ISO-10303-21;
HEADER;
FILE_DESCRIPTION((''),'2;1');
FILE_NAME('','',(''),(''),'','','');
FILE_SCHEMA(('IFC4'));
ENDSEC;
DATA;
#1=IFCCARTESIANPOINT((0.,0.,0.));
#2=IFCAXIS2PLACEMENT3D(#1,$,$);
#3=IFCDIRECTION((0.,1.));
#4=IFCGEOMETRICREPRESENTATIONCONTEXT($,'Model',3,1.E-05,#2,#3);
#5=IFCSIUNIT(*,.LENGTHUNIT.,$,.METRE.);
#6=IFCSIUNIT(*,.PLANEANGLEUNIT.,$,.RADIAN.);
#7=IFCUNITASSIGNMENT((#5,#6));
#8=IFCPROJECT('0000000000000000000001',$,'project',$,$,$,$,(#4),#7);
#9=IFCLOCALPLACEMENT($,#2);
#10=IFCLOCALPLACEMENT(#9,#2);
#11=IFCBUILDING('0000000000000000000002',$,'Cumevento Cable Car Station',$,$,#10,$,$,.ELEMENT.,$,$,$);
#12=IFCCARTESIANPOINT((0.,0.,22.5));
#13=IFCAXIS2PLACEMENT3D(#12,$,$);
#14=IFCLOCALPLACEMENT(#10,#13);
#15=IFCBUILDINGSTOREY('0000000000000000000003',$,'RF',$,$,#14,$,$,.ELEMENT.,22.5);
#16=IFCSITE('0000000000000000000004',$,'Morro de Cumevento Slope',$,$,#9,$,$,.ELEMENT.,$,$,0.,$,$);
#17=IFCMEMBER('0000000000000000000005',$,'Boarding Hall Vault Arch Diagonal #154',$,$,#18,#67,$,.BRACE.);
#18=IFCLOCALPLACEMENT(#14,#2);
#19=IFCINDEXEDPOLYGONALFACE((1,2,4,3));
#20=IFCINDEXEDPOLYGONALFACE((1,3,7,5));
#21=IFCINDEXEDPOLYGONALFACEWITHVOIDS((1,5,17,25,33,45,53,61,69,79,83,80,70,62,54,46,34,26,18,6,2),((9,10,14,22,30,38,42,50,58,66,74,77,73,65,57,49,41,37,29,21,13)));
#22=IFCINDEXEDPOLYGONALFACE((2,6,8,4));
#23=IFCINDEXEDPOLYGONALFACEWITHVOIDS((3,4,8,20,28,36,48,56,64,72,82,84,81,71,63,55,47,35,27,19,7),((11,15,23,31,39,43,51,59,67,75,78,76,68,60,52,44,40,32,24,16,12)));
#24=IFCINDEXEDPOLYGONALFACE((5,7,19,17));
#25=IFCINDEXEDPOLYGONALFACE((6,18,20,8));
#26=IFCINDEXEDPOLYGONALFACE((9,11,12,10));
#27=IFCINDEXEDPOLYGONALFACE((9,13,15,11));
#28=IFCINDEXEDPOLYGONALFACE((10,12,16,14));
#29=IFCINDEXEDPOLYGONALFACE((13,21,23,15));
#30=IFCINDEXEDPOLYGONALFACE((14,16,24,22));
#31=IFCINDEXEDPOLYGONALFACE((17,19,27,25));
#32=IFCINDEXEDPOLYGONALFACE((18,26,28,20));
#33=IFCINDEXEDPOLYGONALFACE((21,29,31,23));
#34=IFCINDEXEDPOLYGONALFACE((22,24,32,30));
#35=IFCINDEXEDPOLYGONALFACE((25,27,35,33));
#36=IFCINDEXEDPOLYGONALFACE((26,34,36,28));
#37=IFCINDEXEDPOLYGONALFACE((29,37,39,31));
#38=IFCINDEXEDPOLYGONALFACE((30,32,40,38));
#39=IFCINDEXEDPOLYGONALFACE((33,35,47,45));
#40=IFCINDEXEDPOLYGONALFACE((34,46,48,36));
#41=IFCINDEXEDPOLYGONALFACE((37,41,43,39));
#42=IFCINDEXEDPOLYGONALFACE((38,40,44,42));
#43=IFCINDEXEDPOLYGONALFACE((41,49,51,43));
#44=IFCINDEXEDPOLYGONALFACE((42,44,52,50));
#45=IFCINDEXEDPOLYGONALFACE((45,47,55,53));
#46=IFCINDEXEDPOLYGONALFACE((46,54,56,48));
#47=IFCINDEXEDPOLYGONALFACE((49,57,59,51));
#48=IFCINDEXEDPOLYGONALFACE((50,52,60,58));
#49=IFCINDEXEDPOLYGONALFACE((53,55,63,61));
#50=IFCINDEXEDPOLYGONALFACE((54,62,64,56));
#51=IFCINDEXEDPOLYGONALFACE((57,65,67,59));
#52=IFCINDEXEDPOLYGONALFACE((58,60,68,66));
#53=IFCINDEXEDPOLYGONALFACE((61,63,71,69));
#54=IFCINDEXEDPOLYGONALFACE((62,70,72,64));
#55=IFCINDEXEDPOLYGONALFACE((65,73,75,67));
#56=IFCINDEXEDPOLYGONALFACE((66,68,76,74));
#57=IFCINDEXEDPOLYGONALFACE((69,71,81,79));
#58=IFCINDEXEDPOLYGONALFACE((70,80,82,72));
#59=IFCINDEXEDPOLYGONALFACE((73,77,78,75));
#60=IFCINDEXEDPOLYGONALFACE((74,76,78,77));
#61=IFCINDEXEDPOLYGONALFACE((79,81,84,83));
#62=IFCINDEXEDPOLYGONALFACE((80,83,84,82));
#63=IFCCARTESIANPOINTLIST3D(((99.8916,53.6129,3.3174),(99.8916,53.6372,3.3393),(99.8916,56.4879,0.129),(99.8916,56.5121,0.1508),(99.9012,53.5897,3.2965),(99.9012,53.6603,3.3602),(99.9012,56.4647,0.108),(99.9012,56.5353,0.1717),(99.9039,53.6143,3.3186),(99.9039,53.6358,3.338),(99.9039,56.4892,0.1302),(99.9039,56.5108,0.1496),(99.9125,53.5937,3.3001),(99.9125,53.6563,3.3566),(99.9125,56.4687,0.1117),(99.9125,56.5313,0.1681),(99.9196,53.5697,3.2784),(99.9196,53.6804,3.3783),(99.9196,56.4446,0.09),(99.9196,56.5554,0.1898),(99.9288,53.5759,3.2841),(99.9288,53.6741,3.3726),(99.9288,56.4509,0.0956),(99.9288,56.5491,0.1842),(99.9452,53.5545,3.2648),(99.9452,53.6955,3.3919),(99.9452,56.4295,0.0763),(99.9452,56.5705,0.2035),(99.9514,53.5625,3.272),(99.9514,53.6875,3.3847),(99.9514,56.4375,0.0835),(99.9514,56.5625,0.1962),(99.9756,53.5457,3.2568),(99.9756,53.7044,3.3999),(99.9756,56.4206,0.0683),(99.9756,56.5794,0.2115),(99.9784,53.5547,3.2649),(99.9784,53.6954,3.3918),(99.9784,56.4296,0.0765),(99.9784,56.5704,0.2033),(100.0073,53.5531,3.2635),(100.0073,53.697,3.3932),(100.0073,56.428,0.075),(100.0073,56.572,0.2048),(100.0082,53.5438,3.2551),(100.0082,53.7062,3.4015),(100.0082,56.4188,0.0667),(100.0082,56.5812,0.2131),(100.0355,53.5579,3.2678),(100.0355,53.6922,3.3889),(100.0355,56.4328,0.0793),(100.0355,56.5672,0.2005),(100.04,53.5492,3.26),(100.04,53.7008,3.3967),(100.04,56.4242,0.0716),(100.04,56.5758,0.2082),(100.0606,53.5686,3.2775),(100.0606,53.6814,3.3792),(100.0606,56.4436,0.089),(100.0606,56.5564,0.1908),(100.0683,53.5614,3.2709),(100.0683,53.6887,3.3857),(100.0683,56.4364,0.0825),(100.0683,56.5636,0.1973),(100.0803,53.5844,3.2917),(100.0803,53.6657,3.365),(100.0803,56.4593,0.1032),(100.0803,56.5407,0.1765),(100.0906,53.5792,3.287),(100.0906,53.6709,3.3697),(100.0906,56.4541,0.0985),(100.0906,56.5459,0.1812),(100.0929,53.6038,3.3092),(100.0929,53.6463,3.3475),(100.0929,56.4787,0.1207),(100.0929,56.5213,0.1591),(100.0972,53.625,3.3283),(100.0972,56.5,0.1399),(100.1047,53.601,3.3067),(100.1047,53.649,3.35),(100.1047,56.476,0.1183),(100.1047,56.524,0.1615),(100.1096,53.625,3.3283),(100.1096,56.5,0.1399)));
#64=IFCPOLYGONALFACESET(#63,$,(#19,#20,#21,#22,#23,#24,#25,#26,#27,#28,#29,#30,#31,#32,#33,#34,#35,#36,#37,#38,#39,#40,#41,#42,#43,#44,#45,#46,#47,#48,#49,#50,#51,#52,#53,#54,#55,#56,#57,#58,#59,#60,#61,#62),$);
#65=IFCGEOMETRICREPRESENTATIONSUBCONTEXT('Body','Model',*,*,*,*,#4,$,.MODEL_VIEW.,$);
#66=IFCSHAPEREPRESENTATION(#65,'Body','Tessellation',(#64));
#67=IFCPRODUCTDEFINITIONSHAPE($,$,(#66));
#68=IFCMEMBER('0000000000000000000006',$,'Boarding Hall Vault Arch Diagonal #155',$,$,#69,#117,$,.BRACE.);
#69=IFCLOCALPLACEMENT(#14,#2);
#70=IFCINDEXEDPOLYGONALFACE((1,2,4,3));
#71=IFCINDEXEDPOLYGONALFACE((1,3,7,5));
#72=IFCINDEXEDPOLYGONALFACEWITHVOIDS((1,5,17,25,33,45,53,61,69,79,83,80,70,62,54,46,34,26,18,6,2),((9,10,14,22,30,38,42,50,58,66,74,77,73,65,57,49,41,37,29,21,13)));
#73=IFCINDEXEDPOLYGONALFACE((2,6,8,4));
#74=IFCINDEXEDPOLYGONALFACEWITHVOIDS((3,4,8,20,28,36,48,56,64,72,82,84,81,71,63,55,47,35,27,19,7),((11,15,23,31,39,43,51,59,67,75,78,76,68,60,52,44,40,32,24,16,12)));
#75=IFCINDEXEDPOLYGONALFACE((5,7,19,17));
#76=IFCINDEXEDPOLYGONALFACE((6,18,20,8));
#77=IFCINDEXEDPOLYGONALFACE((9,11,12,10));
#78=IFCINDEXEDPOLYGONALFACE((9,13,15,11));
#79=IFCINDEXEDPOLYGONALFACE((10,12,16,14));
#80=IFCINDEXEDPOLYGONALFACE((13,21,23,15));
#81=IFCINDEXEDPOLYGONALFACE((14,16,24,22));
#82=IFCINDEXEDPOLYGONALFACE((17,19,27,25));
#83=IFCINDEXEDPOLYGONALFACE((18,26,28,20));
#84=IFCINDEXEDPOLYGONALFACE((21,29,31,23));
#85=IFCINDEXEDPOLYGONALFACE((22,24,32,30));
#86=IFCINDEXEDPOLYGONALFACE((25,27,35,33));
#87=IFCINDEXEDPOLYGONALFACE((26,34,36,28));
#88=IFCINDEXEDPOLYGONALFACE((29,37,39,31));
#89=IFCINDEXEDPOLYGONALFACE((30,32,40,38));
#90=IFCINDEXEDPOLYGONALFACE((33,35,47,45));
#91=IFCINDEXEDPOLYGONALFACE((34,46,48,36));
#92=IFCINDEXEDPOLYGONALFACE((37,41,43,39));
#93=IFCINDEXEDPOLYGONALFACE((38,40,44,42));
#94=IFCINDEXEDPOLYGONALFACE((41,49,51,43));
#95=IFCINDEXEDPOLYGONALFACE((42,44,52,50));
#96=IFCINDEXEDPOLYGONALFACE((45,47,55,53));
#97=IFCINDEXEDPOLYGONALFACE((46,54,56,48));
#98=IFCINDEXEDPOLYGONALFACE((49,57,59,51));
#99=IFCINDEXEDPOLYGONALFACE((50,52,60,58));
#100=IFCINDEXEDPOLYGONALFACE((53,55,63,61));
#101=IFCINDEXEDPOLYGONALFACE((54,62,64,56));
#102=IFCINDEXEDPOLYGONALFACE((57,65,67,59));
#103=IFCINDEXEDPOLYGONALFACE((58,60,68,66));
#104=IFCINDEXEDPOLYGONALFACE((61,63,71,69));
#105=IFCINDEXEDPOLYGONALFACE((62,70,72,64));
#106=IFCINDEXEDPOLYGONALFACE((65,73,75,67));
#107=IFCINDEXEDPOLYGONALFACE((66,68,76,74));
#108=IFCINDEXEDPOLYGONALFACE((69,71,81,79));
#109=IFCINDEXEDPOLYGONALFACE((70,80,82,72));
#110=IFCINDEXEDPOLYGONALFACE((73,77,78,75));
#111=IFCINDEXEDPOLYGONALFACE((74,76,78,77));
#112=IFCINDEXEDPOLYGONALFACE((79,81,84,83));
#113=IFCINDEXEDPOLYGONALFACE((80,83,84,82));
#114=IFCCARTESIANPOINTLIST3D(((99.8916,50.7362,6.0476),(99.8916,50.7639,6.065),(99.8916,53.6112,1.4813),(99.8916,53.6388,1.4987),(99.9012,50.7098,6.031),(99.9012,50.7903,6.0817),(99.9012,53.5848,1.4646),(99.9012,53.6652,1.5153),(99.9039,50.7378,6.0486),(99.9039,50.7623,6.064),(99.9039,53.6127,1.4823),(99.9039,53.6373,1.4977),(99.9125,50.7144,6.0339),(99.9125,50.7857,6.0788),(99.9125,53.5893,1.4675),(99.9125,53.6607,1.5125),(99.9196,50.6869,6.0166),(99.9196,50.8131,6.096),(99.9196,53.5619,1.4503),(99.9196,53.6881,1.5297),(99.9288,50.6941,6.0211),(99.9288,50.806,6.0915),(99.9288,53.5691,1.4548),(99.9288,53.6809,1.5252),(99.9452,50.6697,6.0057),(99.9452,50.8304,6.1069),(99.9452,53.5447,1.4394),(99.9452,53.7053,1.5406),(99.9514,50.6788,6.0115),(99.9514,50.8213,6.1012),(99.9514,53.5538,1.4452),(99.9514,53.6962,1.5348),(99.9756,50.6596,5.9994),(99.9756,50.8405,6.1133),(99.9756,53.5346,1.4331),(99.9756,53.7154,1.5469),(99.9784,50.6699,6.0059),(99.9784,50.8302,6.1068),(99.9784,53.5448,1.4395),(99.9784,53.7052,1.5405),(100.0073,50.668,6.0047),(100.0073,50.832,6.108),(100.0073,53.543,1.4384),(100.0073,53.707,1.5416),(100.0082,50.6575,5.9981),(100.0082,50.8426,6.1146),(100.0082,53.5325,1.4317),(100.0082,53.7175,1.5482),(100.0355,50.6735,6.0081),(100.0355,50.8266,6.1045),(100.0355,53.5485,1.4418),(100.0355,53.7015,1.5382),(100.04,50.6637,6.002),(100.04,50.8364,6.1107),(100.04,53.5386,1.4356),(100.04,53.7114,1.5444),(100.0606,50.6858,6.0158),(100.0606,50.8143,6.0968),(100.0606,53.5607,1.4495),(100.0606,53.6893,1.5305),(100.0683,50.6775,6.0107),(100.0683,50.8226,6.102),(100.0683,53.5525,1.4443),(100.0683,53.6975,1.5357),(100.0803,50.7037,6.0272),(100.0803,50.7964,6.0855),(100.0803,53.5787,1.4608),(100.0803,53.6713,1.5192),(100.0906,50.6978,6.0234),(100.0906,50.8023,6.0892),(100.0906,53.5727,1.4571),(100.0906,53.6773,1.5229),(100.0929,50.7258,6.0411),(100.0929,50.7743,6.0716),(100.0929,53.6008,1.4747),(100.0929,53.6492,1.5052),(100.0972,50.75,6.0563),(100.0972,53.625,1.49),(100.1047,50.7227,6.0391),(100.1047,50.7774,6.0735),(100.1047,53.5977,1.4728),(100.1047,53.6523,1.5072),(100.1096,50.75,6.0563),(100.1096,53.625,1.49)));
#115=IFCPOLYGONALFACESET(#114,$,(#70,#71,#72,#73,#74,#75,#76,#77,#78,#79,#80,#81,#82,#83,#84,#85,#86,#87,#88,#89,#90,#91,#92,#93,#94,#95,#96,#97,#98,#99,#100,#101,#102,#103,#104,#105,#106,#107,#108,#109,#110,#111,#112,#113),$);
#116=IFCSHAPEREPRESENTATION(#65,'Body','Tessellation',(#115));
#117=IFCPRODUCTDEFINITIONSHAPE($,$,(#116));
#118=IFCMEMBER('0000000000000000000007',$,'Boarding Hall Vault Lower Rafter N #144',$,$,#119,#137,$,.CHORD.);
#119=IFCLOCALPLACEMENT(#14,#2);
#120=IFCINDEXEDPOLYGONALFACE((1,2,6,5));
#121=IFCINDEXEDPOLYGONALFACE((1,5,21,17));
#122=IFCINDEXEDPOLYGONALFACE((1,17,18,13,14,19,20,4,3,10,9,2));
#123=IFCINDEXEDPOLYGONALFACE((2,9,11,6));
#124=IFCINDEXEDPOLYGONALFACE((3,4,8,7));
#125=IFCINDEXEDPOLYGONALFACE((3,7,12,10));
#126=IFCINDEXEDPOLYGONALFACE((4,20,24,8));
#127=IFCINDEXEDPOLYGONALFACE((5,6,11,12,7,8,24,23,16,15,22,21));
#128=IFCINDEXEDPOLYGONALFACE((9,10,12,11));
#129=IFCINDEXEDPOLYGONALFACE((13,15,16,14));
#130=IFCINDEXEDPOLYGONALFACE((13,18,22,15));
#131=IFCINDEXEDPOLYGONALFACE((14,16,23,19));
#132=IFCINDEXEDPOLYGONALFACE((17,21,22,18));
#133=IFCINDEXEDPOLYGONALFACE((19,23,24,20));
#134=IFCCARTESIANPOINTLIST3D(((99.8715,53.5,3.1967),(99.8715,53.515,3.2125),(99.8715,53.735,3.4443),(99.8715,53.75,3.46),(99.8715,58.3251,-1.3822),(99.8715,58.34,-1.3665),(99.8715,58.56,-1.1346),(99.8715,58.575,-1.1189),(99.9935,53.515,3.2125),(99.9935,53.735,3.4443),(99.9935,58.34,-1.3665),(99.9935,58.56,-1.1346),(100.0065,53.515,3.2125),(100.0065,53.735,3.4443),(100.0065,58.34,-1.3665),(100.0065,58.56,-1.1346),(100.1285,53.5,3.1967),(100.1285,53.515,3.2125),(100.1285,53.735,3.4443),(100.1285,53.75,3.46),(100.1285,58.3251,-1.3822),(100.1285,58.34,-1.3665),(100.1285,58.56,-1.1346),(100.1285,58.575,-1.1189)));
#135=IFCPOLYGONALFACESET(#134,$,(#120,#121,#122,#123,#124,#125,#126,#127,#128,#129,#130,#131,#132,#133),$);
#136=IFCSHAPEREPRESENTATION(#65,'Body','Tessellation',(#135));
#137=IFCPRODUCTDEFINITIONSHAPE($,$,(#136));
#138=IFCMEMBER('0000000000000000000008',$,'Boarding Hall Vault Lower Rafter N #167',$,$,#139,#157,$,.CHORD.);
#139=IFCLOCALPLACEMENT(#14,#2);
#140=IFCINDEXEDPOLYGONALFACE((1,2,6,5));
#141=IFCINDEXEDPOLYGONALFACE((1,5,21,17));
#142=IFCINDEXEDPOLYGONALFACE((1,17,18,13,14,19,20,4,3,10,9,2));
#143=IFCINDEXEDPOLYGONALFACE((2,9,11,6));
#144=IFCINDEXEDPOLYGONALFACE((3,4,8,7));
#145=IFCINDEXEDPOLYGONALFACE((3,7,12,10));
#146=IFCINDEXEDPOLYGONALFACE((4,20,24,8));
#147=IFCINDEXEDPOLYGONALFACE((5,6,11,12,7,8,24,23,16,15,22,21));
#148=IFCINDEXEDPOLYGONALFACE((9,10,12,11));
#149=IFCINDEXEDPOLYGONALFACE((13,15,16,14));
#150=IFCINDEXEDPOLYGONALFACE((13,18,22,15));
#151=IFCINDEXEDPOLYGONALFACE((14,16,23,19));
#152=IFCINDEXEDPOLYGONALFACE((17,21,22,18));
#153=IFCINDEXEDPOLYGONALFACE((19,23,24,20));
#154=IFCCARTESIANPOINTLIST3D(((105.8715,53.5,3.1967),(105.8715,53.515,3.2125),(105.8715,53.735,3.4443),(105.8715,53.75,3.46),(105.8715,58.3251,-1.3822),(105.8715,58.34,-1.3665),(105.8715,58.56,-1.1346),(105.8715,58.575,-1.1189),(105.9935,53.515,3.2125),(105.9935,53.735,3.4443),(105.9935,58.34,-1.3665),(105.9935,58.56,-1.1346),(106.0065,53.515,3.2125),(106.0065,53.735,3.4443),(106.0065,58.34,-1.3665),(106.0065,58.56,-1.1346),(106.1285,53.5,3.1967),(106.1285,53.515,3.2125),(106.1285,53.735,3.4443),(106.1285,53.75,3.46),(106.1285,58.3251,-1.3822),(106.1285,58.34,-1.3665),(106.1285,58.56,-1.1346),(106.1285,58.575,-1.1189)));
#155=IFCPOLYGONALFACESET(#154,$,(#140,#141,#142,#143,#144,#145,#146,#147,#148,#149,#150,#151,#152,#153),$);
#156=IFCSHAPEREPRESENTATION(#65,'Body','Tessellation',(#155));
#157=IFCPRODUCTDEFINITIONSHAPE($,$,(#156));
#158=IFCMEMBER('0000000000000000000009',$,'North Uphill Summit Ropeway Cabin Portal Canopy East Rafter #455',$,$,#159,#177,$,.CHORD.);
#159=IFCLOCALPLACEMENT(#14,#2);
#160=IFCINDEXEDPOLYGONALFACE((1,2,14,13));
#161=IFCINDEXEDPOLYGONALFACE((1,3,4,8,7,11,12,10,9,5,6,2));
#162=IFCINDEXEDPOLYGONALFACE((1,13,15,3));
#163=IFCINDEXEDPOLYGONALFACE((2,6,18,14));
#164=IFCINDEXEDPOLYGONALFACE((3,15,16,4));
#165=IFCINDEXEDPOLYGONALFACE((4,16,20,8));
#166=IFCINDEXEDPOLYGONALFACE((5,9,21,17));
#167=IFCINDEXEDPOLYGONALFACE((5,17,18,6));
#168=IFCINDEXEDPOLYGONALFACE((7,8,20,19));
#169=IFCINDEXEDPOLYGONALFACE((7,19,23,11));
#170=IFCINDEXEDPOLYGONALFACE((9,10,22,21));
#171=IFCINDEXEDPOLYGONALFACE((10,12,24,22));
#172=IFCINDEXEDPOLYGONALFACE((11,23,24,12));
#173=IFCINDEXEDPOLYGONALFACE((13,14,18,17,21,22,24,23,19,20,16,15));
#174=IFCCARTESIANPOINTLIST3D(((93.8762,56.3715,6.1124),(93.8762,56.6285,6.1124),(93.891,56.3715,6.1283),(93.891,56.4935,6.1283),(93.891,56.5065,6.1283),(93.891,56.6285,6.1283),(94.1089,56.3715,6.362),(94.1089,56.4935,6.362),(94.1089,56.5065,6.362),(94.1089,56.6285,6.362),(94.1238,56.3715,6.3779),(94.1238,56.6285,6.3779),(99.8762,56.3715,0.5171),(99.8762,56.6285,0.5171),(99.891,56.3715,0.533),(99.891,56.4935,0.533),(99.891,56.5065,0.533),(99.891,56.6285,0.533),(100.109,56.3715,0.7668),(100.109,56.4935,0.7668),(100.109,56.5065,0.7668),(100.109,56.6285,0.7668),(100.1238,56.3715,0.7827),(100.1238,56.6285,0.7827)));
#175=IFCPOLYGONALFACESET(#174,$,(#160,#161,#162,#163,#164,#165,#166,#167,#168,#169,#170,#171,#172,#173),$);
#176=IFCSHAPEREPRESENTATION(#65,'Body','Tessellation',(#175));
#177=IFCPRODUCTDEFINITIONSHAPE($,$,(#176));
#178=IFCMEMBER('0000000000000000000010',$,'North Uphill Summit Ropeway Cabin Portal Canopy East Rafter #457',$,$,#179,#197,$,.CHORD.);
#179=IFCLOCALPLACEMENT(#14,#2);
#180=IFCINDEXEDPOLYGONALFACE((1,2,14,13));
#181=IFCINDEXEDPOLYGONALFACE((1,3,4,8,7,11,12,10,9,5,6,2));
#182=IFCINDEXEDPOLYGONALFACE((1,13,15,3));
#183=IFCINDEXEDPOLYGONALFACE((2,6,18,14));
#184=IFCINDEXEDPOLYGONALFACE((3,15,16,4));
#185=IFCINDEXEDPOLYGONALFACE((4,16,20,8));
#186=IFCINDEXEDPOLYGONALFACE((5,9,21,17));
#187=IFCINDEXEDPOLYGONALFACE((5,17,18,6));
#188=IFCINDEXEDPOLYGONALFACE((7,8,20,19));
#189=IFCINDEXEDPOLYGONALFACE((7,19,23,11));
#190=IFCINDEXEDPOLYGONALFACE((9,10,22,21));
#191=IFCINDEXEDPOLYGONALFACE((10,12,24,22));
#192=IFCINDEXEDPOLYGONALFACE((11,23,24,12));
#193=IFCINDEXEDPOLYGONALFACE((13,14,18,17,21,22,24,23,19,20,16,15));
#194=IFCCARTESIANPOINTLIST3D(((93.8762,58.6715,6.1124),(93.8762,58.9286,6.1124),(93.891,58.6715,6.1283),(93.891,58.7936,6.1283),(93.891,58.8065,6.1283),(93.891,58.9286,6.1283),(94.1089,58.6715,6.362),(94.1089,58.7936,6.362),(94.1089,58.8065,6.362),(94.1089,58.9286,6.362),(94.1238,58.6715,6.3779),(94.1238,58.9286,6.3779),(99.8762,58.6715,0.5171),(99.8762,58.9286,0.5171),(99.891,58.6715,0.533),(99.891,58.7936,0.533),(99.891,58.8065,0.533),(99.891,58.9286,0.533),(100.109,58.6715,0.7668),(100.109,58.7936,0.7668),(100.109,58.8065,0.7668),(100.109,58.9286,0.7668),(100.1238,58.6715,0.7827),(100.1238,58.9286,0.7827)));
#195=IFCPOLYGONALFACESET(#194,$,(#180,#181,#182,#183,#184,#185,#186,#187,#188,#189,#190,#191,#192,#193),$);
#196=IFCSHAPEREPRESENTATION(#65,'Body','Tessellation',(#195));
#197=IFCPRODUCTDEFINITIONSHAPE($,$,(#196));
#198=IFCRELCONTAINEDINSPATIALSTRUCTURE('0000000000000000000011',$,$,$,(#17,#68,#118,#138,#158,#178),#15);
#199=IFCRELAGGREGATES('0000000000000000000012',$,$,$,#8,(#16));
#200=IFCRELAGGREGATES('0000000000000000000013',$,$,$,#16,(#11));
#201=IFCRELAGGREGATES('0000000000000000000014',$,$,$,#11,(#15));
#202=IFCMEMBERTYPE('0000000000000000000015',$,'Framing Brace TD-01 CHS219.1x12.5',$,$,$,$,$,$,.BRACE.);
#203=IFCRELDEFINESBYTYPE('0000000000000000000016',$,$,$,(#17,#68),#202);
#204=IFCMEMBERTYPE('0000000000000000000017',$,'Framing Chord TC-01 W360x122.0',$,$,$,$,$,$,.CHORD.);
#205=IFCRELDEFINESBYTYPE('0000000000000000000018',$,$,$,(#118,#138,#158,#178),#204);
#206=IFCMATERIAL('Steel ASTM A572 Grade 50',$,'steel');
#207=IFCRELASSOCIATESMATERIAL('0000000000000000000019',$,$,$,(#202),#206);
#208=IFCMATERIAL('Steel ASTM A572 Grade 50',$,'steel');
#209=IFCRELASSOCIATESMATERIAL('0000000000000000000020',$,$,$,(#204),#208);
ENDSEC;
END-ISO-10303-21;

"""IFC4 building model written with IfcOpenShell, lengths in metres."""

from ifc_helpers import new_model, si_unit, direction, frame, origin, origin_2d, place, context, subcontext, project, spatial, hollow_circle, i_section, extrude, material, material_profile, profile_set, type_object, element, save


model = new_model("IFC4")

# Units and contexts
model_context = context("Model", 3, precision=1e-05, world=origin(), true_north=direction((0.0, 1.0)))
body_context = subcontext(model_context, "Body", "Model", "MODEL_VIEW")
ifc_project = project(units=[si_unit("LENGTHUNIT", "METRE"), si_unit("PLANEANGLEUNIT", "RADIAN")], contexts=[model_context])

# Site, building, storey
site_placement = place(None, origin())
site = spatial("IfcSite", under=ifc_project, at=site_placement, Name="Morro de Cumevento Slope", CompositionType="ELEMENT", RefElevation=0.0)
building_placement = place(site_placement, origin())
building = spatial("IfcBuilding", under=site, at=building_placement, Name="Cumevento Cable Car Station", CompositionType="ELEMENT")
storey_placement = place(building_placement, frame((0.0, 0.0, 22.5)))
storey = spatial("IfcBuildingStorey", under=building, at=storey_placement, Name="RF", CompositionType="ELEMENT", Elevation=22.5)

# Members
ifc_material_1 = material(Name="Steel ASTM A572 Grade 50", Category="steel")
ifc_material_profile_1 = material_profile(ifc_material_1, hollow_circle(Radius=0.1096, WallThickness=0.0125, at=origin_2d()), Name="CHS219.1x12.5")
ifc_profile_set_1 = profile_set([ifc_material_profile_1], Name="Steel ASTM A572 Grade 50")
member_type_1 = type_object("IfcMemberType", Name="Framing Brace TD-01 CHS219.1x12.5", PredefinedType="BRACE", material=ifc_profile_set_1)
member_1_placement = place(storey_placement, frame((100.0, 56.5, 0.1399), z_axis=(0.0, -0.669656, 0.742672), x_axis=(1.0, 0.0, 0.0)))
element("IfcMember", 1, at=member_1_placement, inside=storey, type_object=member_type_1, Name="Boarding Hall Vault Arch Diagonal #154", PredefinedType="BRACE", context=body_context, shape_type="SweptSolid", body=[
    extrude(hollow_circle(Radius=0.1096, WallThickness=0.0125, at=origin_2d()), origin(), (0.0, 0.0, 1.0), 4.2932),
])
member_2_placement = place(storey_placement, frame((100.0, 53.625, 1.49), z_axis=(0.0, -0.532794, 0.846245), x_axis=(1.0, 0.0, 0.0)))
element("IfcMember", 2, at=member_2_placement, inside=storey, type_object=member_type_1, Name="Boarding Hall Vault Arch Diagonal #155", PredefinedType="BRACE", context=body_context, shape_type="SweptSolid", body=[
    extrude(hollow_circle(Radius=0.1096, WallThickness=0.0125, at=origin_2d()), origin(), (0.0, 0.0, 1.0), 5.396),
])
ifc_material_2 = material(Name="Steel ASTM A572 Grade 50", Category="steel")
ifc_material_profile_2 = material_profile(ifc_material_2, i_section(OverallWidth=0.2571, OverallDepth=0.363, WebThickness=0.0129, FlangeThickness=0.0217, at=origin_2d()), Name="W360x122.0")
ifc_profile_set_2 = profile_set([ifc_material_profile_2], Name="Steel ASTM A572 Grade 50")
member_type_2 = type_object("IfcMemberType", Name="Framing Chord TC-01 W360x122.0", PredefinedType="CHORD", material=ifc_profile_set_2)
for number, where, z_axis, x_axis, name in (
    (3, (100.0, 53.625, 3.3284), (0.0, 0.725363, -0.688366), (-1.0, 0.0, 0.0), "Boarding Hall Vault Lower Rafter N #144"),
    (4, (106.0, 53.625, 3.3284), (0.0, 0.725363, -0.688366), (-1.0, 0.0, 0.0), "Boarding Hall Vault Lower Rafter N #167"),
):
    element("IfcMember", number, at=place(storey_placement, frame(where, z_axis=z_axis, x_axis=x_axis)), inside=storey, type_object=member_type_2, Name=name, PredefinedType="CHORD", context=body_context, shape_type="SweptSolid", body=[
        extrude(i_section(OverallWidth=0.2571, OverallDepth=0.363, WebThickness=0.0129, FlangeThickness=0.0217, at=origin_2d()), origin(), (0.0, 0.0, 1.0), 6.6519),
    ])
for number, where, z_axis, x_axis, name in (
    (5, (100.0, 56.5, 0.6499), (-0.731346, 0.0, 0.682006), (0.0, -1.0, 0.0), "North Uphill Summit Ropeway Cabin Portal Canopy East Rafter #455"),
    (6, (100.0, 58.8, 0.6499), (-0.731346, 0.0, 0.682006), (0.0, -1.0, 0.0), "North Uphill Summit Ropeway Cabin Portal Canopy East Rafter #457"),
):
    element("IfcMember", number, at=place(storey_placement, frame(where, z_axis=z_axis, x_axis=x_axis)), inside=storey, type_object=member_type_2, Name=name, PredefinedType="CHORD", context=body_context, shape_type="SweptSolid", body=[
        extrude(i_section(OverallWidth=0.2571, OverallDepth=0.363, WebThickness=0.0129, FlangeThickness=0.0217, at=origin_2d()), origin(), (0.0, 0.0, 1.0), 8.2041),
    ])

save(model, "model.ifc")
